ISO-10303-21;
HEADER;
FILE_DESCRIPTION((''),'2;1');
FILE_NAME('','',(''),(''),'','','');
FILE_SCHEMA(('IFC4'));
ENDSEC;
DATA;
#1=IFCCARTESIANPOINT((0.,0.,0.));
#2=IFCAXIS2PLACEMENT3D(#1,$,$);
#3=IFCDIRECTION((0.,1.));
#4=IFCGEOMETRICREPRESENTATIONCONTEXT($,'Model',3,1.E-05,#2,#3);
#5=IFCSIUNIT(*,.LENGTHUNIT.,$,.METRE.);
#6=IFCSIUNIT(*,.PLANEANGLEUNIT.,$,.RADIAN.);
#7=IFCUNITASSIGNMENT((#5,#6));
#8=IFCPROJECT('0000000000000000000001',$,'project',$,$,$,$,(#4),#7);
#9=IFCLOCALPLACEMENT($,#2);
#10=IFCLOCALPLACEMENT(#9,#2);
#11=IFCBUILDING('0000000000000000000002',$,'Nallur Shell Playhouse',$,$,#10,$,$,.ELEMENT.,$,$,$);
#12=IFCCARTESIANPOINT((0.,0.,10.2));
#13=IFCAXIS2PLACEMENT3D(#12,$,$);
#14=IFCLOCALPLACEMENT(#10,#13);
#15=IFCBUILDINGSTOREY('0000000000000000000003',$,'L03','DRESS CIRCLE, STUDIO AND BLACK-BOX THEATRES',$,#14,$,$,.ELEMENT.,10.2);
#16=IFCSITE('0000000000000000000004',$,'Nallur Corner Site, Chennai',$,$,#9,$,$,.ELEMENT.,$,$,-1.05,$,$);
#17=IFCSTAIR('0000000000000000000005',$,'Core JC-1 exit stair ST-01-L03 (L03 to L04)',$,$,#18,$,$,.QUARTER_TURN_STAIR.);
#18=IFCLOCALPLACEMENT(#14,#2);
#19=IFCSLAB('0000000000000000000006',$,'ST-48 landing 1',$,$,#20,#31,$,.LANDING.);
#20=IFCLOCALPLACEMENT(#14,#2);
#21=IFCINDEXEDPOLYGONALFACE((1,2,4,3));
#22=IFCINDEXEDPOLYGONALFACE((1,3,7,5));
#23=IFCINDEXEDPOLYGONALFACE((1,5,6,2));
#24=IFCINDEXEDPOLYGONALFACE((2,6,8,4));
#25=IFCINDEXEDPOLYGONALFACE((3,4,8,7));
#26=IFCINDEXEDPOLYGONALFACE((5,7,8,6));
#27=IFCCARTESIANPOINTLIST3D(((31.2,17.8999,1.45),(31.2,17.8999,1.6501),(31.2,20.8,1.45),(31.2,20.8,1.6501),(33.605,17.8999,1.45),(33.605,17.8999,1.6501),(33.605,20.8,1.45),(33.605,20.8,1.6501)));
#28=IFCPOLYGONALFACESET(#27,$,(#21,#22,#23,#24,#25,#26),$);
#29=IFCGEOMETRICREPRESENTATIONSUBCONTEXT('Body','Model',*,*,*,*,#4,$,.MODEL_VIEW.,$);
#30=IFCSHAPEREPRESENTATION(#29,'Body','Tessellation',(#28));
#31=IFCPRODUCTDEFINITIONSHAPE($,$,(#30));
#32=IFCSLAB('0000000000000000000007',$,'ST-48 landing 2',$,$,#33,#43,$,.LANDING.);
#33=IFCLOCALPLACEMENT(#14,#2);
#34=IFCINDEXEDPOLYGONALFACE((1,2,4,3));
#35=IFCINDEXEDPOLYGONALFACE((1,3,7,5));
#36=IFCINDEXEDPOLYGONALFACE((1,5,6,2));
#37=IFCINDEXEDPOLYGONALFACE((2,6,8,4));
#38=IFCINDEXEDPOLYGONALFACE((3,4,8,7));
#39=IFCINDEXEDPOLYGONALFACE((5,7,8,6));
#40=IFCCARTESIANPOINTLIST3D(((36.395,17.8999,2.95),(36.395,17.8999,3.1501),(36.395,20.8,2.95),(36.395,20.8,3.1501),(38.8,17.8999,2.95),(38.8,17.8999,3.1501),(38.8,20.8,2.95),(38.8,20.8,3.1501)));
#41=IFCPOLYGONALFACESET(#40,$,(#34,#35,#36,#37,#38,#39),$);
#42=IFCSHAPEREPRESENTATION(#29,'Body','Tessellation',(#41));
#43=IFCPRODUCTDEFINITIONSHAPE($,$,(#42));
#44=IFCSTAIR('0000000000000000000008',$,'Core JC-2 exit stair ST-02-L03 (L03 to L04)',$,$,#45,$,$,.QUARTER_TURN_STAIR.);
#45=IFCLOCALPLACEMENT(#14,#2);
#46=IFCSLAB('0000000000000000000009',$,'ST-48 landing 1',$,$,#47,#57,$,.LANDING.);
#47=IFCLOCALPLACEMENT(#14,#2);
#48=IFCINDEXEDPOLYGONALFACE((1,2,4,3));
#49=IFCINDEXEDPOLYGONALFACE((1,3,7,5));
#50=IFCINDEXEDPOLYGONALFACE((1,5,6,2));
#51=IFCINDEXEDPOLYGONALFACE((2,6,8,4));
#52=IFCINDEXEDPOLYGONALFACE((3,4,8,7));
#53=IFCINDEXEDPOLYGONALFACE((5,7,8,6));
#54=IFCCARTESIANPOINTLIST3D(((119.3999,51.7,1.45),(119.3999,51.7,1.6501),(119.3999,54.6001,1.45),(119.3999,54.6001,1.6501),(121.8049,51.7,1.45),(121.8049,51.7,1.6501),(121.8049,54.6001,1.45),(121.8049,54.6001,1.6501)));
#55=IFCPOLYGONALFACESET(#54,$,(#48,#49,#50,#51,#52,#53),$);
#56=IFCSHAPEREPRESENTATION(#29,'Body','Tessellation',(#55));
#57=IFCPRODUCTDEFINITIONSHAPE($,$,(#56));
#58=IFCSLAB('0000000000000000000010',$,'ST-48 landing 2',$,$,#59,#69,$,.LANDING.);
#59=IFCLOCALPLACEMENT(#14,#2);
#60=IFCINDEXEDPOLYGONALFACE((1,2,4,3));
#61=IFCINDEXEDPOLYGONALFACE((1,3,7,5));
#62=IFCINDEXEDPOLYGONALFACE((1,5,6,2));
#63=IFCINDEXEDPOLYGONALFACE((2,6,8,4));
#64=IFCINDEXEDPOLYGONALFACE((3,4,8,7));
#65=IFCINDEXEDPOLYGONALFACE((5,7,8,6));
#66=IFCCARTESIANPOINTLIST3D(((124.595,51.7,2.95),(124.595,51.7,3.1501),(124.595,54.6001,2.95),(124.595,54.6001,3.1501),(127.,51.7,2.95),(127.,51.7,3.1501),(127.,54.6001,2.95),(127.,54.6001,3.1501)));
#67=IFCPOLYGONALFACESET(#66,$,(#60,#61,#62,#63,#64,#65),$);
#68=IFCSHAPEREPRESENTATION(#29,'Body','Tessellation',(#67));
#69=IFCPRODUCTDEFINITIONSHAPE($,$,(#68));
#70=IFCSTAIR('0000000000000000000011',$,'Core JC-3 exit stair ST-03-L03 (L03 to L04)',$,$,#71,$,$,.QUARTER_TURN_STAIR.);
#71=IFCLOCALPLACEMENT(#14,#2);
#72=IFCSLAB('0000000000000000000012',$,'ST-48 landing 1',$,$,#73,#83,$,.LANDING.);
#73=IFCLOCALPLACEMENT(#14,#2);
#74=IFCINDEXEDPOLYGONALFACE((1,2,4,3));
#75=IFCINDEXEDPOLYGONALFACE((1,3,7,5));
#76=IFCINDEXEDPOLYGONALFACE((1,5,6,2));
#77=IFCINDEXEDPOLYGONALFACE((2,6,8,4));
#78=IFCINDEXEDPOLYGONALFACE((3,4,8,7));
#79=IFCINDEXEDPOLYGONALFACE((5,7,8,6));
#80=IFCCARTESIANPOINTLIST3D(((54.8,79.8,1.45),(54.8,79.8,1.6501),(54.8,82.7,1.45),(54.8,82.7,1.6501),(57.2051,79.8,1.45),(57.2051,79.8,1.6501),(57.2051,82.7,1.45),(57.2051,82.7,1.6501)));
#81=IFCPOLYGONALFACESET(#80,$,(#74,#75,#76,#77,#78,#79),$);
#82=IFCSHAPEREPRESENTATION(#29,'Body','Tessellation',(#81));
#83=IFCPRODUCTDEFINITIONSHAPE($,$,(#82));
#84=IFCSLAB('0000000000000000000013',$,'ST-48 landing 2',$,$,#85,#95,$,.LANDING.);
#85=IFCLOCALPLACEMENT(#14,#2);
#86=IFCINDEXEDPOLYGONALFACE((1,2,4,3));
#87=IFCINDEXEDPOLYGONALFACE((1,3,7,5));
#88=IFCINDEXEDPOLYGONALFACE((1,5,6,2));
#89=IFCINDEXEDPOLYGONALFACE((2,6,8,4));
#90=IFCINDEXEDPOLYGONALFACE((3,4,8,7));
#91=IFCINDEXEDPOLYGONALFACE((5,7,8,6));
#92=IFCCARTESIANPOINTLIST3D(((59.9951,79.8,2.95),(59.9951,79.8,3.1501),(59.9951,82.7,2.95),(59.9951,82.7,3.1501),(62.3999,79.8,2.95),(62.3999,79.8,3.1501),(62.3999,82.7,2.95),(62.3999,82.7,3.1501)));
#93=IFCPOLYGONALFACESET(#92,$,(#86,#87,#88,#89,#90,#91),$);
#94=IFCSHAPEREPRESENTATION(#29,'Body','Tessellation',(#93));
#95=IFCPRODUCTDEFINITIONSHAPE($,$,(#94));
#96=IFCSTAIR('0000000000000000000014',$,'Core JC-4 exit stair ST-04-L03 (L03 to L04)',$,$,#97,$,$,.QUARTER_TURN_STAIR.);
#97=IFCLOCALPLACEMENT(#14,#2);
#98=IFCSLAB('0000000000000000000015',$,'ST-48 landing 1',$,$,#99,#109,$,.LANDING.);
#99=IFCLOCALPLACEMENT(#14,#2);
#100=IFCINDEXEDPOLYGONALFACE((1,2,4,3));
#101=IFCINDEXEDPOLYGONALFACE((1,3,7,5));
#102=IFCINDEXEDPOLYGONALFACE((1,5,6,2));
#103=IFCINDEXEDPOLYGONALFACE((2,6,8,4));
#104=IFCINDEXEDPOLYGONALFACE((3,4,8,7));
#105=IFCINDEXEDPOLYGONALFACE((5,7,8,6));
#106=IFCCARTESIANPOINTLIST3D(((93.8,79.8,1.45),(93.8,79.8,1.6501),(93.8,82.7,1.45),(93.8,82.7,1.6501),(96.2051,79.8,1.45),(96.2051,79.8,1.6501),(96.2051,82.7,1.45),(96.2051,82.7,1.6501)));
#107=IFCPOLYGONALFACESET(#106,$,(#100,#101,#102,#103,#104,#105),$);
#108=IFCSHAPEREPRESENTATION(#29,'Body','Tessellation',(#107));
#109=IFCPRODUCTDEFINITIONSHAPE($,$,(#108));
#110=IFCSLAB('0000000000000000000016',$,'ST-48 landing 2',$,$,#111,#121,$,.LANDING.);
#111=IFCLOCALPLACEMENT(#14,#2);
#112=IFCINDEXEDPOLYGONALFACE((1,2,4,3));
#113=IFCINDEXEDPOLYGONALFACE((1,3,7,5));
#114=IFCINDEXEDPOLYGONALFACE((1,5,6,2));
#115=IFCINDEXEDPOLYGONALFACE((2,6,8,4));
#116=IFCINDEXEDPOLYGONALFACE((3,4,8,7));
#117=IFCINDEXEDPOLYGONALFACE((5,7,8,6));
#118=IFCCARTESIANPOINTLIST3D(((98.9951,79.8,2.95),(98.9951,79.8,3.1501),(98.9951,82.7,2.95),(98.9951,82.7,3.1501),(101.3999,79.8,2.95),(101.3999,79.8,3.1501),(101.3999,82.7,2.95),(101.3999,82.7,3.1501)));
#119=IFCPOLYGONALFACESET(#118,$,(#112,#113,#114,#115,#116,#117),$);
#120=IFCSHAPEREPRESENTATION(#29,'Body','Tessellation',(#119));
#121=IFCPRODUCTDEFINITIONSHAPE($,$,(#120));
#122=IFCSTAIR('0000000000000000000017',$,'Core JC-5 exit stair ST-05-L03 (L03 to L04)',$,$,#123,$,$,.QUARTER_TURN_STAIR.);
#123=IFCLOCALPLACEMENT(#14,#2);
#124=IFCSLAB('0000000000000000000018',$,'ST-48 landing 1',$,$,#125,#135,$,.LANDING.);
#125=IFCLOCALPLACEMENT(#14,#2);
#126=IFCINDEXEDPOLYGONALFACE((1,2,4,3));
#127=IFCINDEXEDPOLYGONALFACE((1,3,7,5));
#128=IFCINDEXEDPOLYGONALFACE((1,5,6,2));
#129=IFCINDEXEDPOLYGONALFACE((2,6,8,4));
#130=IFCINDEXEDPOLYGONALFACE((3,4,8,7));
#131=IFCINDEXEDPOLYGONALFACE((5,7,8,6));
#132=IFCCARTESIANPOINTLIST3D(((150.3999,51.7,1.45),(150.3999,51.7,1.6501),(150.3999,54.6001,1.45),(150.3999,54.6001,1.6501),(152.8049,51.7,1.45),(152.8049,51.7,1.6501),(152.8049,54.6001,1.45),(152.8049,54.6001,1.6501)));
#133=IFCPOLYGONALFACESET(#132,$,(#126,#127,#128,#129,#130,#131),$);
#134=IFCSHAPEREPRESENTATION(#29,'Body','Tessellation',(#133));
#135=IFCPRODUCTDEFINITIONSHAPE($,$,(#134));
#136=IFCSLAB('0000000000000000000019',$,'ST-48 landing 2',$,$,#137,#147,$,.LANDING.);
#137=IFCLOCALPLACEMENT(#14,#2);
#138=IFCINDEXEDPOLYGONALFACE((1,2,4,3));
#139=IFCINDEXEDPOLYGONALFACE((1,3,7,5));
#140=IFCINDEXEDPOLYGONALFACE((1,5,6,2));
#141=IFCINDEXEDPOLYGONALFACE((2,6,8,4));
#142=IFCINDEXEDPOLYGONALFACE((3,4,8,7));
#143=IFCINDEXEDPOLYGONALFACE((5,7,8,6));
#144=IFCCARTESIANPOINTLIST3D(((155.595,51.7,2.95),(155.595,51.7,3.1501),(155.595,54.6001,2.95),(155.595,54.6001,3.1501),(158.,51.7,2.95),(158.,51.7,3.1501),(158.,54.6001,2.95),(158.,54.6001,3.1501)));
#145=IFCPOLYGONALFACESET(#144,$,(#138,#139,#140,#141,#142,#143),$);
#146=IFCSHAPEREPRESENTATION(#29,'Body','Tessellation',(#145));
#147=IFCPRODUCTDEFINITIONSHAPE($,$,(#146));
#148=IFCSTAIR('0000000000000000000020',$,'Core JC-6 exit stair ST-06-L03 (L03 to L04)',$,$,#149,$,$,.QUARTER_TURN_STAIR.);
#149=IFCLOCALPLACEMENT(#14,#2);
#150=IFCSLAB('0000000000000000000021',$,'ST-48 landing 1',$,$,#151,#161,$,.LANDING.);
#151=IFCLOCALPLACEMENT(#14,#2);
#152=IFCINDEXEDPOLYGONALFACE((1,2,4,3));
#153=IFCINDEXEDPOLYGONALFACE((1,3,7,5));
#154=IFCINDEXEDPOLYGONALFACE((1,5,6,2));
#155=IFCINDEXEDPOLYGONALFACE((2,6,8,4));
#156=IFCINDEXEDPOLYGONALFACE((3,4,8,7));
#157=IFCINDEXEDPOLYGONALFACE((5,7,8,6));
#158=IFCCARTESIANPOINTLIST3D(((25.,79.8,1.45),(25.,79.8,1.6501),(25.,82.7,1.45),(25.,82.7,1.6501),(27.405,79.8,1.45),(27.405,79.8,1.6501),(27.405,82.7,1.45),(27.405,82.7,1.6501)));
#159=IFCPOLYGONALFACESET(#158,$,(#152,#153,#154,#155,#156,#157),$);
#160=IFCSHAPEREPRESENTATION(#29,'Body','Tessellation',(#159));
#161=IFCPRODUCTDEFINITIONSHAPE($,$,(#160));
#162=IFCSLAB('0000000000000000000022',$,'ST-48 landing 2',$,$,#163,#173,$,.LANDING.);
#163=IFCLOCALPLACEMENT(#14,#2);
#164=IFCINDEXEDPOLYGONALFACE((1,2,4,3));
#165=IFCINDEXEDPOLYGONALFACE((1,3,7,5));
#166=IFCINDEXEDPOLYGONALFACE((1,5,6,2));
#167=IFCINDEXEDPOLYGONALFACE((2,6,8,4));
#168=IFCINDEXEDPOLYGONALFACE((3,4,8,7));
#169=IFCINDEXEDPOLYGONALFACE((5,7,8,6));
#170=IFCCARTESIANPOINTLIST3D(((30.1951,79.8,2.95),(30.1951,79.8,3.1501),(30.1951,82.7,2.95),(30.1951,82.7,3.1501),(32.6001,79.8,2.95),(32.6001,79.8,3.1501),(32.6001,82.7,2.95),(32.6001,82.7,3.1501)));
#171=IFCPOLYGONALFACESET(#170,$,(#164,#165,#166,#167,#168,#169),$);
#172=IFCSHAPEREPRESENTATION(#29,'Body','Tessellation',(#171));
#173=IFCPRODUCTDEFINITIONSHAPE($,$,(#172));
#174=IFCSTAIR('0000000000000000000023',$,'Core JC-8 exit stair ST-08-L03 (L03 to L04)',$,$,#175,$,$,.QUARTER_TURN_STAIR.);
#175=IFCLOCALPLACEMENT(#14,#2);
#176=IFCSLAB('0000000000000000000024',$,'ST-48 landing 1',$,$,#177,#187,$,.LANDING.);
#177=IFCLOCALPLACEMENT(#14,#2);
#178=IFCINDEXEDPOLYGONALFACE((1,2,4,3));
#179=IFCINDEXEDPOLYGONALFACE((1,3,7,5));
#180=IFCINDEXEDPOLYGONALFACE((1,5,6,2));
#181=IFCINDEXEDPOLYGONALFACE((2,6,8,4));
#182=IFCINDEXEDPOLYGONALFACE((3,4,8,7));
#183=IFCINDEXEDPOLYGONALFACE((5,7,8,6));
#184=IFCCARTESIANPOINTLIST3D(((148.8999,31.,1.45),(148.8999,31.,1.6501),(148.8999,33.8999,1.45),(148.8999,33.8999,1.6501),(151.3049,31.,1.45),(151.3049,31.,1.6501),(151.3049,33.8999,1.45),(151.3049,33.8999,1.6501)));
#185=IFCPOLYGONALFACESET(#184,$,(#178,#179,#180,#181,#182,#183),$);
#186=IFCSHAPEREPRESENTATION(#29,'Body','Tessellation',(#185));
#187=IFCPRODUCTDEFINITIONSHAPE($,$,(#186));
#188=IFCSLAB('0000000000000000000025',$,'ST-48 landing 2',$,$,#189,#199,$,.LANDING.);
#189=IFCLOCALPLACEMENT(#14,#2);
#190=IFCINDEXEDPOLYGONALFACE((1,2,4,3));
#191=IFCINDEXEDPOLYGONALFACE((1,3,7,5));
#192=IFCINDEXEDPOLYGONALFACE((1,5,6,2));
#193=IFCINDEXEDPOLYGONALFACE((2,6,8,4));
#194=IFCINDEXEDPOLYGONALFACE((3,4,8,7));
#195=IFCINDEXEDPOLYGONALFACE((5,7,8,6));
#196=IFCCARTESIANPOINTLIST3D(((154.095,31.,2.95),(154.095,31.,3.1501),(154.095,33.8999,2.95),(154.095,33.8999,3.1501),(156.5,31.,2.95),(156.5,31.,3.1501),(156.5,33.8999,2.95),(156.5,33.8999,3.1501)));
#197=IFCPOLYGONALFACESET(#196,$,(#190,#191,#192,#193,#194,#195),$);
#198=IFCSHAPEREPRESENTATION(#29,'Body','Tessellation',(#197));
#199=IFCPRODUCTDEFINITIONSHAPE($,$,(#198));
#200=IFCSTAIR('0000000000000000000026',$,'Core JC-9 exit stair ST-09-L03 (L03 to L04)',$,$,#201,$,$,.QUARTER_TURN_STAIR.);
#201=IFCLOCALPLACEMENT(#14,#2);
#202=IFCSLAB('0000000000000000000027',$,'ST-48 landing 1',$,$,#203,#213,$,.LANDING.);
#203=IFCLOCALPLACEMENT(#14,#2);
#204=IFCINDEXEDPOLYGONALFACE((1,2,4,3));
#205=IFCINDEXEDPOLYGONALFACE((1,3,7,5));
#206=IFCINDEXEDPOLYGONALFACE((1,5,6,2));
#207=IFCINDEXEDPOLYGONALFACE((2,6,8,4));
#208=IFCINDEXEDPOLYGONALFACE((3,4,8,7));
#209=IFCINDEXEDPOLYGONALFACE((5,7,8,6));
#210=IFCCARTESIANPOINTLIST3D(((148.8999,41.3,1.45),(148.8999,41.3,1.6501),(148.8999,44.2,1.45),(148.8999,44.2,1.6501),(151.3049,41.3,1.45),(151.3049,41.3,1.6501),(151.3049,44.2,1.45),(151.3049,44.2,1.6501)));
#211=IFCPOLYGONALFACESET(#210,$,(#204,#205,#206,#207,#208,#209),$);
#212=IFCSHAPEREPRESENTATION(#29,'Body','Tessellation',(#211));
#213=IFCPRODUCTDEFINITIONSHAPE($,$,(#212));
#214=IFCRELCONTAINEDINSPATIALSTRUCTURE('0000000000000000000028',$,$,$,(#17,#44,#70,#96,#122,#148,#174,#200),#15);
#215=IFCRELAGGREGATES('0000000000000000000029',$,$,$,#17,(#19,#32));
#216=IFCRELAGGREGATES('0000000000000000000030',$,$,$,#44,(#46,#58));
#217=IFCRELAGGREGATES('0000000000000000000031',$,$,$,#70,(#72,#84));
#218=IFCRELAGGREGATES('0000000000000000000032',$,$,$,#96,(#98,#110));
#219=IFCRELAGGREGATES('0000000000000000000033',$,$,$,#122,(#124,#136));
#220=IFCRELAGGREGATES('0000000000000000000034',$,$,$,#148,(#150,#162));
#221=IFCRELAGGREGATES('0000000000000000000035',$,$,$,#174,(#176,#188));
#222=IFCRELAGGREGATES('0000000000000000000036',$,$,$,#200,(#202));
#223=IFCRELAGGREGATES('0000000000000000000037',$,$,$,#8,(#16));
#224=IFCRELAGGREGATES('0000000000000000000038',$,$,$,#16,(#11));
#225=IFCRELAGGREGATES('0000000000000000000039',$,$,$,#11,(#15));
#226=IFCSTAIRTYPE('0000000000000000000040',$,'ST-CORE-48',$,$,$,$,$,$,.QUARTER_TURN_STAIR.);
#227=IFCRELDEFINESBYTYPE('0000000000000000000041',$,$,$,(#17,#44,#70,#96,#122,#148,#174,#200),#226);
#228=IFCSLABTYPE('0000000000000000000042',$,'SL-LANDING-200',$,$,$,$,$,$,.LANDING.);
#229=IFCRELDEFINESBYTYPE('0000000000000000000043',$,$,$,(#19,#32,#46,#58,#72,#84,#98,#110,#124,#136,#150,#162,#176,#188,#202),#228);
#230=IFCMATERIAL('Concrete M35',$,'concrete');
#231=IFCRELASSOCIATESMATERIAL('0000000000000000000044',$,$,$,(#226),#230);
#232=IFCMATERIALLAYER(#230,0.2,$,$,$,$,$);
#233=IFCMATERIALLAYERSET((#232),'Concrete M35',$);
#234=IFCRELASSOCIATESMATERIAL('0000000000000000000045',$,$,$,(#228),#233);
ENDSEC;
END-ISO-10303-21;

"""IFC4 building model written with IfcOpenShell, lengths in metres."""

from ifc_helpers import new_model, si_unit, direction, frame, origin, place, context, subcontext, project, spatial, polyline, outline, extrude, material, layer, layer_set, type_object, element, aggregate, save


model = new_model("IFC4")

# Units and contexts
model_context = context("Model", 3, precision=1e-05, world=origin(), true_north=direction((0.0, 1.0)))
body_context = subcontext(model_context, "Body", "Model", "MODEL_VIEW")
ifc_project = project(units=[si_unit("LENGTHUNIT", "METRE"), si_unit("PLANEANGLEUNIT", "RADIAN")], contexts=[model_context])

# Site, building, storey
site_placement = place(None, origin())
site = spatial("IfcSite", under=ifc_project, at=site_placement, Name="Nallur Corner Site, Chennai", CompositionType="ELEMENT", RefElevation=-1.05)
building_placement = place(site_placement, origin())
building = spatial("IfcBuilding", under=site, at=building_placement, Name="Nallur Shell Playhouse", CompositionType="ELEMENT")
storey_placement = place(building_placement, frame((0.0, 0.0, 10.2)))
storey = spatial("IfcBuildingStorey", under=building, at=storey_placement, Name="L03", Description="DRESS CIRCLE, STUDIO AND BLACK-BOX THEATRES", CompositionType="ELEMENT", Elevation=10.2)

# Stairs, slabs
ifc_material_1 = material(Name="Concrete M35", Category="concrete")
stair_type = type_object("IfcStairType", Name="ST-CORE-48", PredefinedType="QUARTER_TURN_STAIR", material=ifc_material_1)
stair_1_placement = place(storey_placement, origin())
stair_1 = element("IfcStair", 1, at=stair_1_placement, inside=storey, type_object=stair_type, Name="Core JC-1 exit stair ST-01-L03 (L03 to L04)", PredefinedType="QUARTER_TURN_STAIR")
ifc_layer_1 = layer(ifc_material_1, 0.2)
ifc_layer_set_1 = layer_set([ifc_layer_1], Name="Concrete M35")
slab_type_1 = type_object("IfcSlabType", Name="SL-LANDING-200", PredefinedType="LANDING", material=ifc_layer_set_1)
slab_1_placement = place(storey_placement, frame((0.0, 0.0, 1.45)))
slab_1 = element("IfcSlab", 2, at=slab_1_placement, type_object=slab_type_1, Name="ST-48 landing 1", PredefinedType="LANDING", context=body_context, shape_type="SweptSolid", body=[
    extrude(outline(polyline([(31.2, 17.8999), (33.605, 17.8999), (33.605, 20.8), (31.2, 20.8), (31.2, 17.8999)])), origin(), (0.0, 0.0, 1.0), 0.2002),
])
slab_2_placement = place(storey_placement, frame((0.0, 0.0, 2.95)))
slab_2 = element("IfcSlab", 3, at=slab_2_placement, type_object=slab_type_1, Name="ST-48 landing 2", PredefinedType="LANDING", context=body_context, shape_type="SweptSolid", body=[
    extrude(outline(polyline([(36.395, 17.8999), (38.8, 17.8999), (38.8, 20.8), (36.395, 20.8), (36.395, 17.8999)])), origin(), (0.0, 0.0, 1.0), 0.2002),
])
aggregate(stair_1, [slab_1, slab_2])
stair_2_placement = place(storey_placement, origin())
stair_2 = element("IfcStair", 4, at=stair_2_placement, inside=storey, type_object=stair_type, Name="Core JC-2 exit stair ST-02-L03 (L03 to L04)", PredefinedType="QUARTER_TURN_STAIR")
slab_3_placement = place(storey_placement, frame((0.0, 0.0, 1.45)))
slab_3 = element("IfcSlab", 5, at=slab_3_placement, type_object=slab_type_1, Name="ST-48 landing 1", PredefinedType="LANDING", context=body_context, shape_type="SweptSolid", body=[
    extrude(outline(polyline([(119.3999, 51.7), (121.8049, 51.7), (121.8049, 54.6001), (119.3999, 54.6001), (119.3999, 51.7)])), origin(), (0.0, 0.0, 1.0), 0.2002),
])
slab_4_placement = place(storey_placement, frame((0.0, 0.0, 2.95)))
slab_4 = element("IfcSlab", 6, at=slab_4_placement, type_object=slab_type_1, Name="ST-48 landing 2", PredefinedType="LANDING", context=body_context, shape_type="SweptSolid", body=[
    extrude(outline(polyline([(124.595, 51.7), (127.0, 51.7), (127.0, 54.6001), (124.595, 54.6001), (124.595, 51.7)])), origin(), (0.0, 0.0, 1.0), 0.2002),
])
aggregate(stair_2, [slab_3, slab_4])
stair_3_placement = place(storey_placement, origin())
stair_3 = element("IfcStair", 7, at=stair_3_placement, inside=storey, type_object=stair_type, Name="Core JC-3 exit stair ST-03-L03 (L03 to L04)", PredefinedType="QUARTER_TURN_STAIR")
slab_5_placement = place(storey_placement, frame((0.0, 0.0, 1.45)))
slab_5 = element("IfcSlab", 8, at=slab_5_placement, type_object=slab_type_1, Name="ST-48 landing 1", PredefinedType="LANDING", context=body_context, shape_type="SweptSolid", body=[
    extrude(outline(polyline([(54.8, 79.8), (57.2051, 79.8), (57.2051, 82.7), (54.8, 82.7), (54.8, 79.8)])), origin(), (0.0, 0.0, 1.0), 0.2002),
])
slab_6_placement = place(storey_placement, frame((0.0, 0.0, 2.95)))
slab_6 = element("IfcSlab", 9, at=slab_6_placement, type_object=slab_type_1, Name="ST-48 landing 2", PredefinedType="LANDING", context=body_context, shape_type="SweptSolid", body=[
    extrude(outline(polyline([(59.9951, 79.8), (62.3999, 79.8), (62.3999, 82.7), (59.9951, 82.7), (59.9951, 79.8)])), origin(), (0.0, 0.0, 1.0), 0.2002),
])
aggregate(stair_3, [slab_5, slab_6])
stair_4_placement = place(storey_placement, origin())
stair_4 = element("IfcStair", 10, at=stair_4_placement, inside=storey, type_object=stair_type, Name="Core JC-4 exit stair ST-04-L03 (L03 to L04)", PredefinedType="QUARTER_TURN_STAIR")
slab_7_placement = place(storey_placement, frame((0.0, 0.0, 1.45)))
slab_7 = element("IfcSlab", 11, at=slab_7_placement, type_object=slab_type_1, Name="ST-48 landing 1", PredefinedType="LANDING", context=body_context, shape_type="SweptSolid", body=[
    extrude(outline(polyline([(93.8, 79.8), (96.2051, 79.8), (96.2051, 82.7), (93.8, 82.7), (93.8, 79.8)])), origin(), (0.0, 0.0, 1.0), 0.2002),
])
slab_8_placement = place(storey_placement, frame((0.0, 0.0, 2.95)))
slab_8 = element("IfcSlab", 12, at=slab_8_placement, type_object=slab_type_1, Name="ST-48 landing 2", PredefinedType="LANDING", context=body_context, shape_type="SweptSolid", body=[
    extrude(outline(polyline([(98.9951, 79.8), (101.3999, 79.8), (101.3999, 82.7), (98.9951, 82.7), (98.9951, 79.8)])), origin(), (0.0, 0.0, 1.0), 0.2002),
])
aggregate(stair_4, [slab_7, slab_8])
stair_5_placement = place(storey_placement, origin())
stair_5 = element("IfcStair", 13, at=stair_5_placement, inside=storey, type_object=stair_type, Name="Core JC-5 exit stair ST-05-L03 (L03 to L04)", PredefinedType="QUARTER_TURN_STAIR")
slab_9_placement = place(storey_placement, frame((0.0, 0.0, 1.45)))
slab_9 = element("IfcSlab", 14, at=slab_9_placement, type_object=slab_type_1, Name="ST-48 landing 1", PredefinedType="LANDING", context=body_context, shape_type="SweptSolid", body=[
    extrude(outline(polyline([(150.3999, 51.7), (152.8049, 51.7), (152.8049, 54.6001), (150.3999, 54.6001), (150.3999, 51.7)])), origin(), (0.0, 0.0, 1.0), 0.2002),
])
slab_10_placement = place(storey_placement, frame((0.0, 0.0, 2.95)))
slab_10 = element("IfcSlab", 15, at=slab_10_placement, type_object=slab_type_1, Name="ST-48 landing 2", PredefinedType="LANDING", context=body_context, shape_type="SweptSolid", body=[
    extrude(outline(polyline([(155.595, 51.7), (158.0, 51.7), (158.0, 54.6001), (155.595, 54.6001), (155.595, 51.7)])), origin(), (0.0, 0.0, 1.0), 0.2002),
])
aggregate(stair_5, [slab_9, slab_10])
stair_6_placement = place(storey_placement, origin())
stair_6 = element("IfcStair", 16, at=stair_6_placement, inside=storey, type_object=stair_type, Name="Core JC-6 exit stair ST-06-L03 (L03 to L04)", PredefinedType="QUARTER_TURN_STAIR")
slab_11_placement = place(storey_placement, frame((0.0, 0.0, 1.45)))
slab_11 = element("IfcSlab", 17, at=slab_11_placement, type_object=slab_type_1, Name="ST-48 landing 1", PredefinedType="LANDING", context=body_context, shape_type="SweptSolid", body=[
    extrude(outline(polyline([(25.0, 79.8), (27.405, 79.8), (27.405, 82.7), (25.0, 82.7), (25.0, 79.8)])), origin(), (0.0, 0.0, 1.0), 0.2002),
])
slab_12_placement = place(storey_placement, frame((0.0, 0.0, 2.95)))
slab_12 = element("IfcSlab", 18, at=slab_12_placement, type_object=slab_type_1, Name="ST-48 landing 2", PredefinedType="LANDING", context=body_context, shape_type="SweptSolid", body=[
    extrude(outline(polyline([(30.1951, 79.8), (32.6001, 79.8), (32.6001, 82.7), (30.1951, 82.7), (30.1951, 79.8)])), origin(), (0.0, 0.0, 1.0), 0.2002),
])
aggregate(stair_6, [slab_11, slab_12])
stair_7_placement = place(storey_placement, origin())
stair_7 = element("IfcStair", 19, at=stair_7_placement, inside=storey, type_object=stair_type, Name="Core JC-8 exit stair ST-08-L03 (L03 to L04)", PredefinedType="QUARTER_TURN_STAIR")
slab_13_placement = place(storey_placement, frame((0.0, 0.0, 1.45)))
slab_13 = element("IfcSlab", 20, at=slab_13_placement, type_object=slab_type_1, Name="ST-48 landing 1", PredefinedType="LANDING", context=body_context, shape_type="SweptSolid", body=[
    extrude(outline(polyline([(148.8999, 31.0), (151.3049, 31.0), (151.3049, 33.8999), (148.8999, 33.8999), (148.8999, 31.0)])), origin(), (0.0, 0.0, 1.0), 0.2002),
])
slab_14_placement = place(storey_placement, frame((0.0, 0.0, 2.95)))
slab_14 = element("IfcSlab", 21, at=slab_14_placement, type_object=slab_type_1, Name="ST-48 landing 2", PredefinedType="LANDING", context=body_context, shape_type="SweptSolid", body=[
    extrude(outline(polyline([(154.095, 31.0), (156.5, 31.0), (156.5, 33.8999), (154.095, 33.8999), (154.095, 31.0)])), origin(), (0.0, 0.0, 1.0), 0.2002),
])
aggregate(stair_7, [slab_13, slab_14])
stair_8_placement = place(storey_placement, origin())
stair_8 = element("IfcStair", 22, at=stair_8_placement, inside=storey, type_object=stair_type, Name="Core JC-9 exit stair ST-09-L03 (L03 to L04)", PredefinedType="QUARTER_TURN_STAIR")
slab_15_placement = place(storey_placement, frame((0.0, 0.0, 1.45)))
slab_15 = element("IfcSlab", 23, at=slab_15_placement, type_object=slab_type_1, Name="ST-48 landing 1", PredefinedType="LANDING", context=body_context, shape_type="SweptSolid", body=[
    extrude(outline(polyline([(148.8999, 41.3), (151.3049, 41.3), (151.3049, 44.2), (148.8999, 44.2), (148.8999, 41.3)])), origin(), (0.0, 0.0, 1.0), 0.2002),
])
aggregate(stair_8, [slab_15])

save(model, "model.ifc")
